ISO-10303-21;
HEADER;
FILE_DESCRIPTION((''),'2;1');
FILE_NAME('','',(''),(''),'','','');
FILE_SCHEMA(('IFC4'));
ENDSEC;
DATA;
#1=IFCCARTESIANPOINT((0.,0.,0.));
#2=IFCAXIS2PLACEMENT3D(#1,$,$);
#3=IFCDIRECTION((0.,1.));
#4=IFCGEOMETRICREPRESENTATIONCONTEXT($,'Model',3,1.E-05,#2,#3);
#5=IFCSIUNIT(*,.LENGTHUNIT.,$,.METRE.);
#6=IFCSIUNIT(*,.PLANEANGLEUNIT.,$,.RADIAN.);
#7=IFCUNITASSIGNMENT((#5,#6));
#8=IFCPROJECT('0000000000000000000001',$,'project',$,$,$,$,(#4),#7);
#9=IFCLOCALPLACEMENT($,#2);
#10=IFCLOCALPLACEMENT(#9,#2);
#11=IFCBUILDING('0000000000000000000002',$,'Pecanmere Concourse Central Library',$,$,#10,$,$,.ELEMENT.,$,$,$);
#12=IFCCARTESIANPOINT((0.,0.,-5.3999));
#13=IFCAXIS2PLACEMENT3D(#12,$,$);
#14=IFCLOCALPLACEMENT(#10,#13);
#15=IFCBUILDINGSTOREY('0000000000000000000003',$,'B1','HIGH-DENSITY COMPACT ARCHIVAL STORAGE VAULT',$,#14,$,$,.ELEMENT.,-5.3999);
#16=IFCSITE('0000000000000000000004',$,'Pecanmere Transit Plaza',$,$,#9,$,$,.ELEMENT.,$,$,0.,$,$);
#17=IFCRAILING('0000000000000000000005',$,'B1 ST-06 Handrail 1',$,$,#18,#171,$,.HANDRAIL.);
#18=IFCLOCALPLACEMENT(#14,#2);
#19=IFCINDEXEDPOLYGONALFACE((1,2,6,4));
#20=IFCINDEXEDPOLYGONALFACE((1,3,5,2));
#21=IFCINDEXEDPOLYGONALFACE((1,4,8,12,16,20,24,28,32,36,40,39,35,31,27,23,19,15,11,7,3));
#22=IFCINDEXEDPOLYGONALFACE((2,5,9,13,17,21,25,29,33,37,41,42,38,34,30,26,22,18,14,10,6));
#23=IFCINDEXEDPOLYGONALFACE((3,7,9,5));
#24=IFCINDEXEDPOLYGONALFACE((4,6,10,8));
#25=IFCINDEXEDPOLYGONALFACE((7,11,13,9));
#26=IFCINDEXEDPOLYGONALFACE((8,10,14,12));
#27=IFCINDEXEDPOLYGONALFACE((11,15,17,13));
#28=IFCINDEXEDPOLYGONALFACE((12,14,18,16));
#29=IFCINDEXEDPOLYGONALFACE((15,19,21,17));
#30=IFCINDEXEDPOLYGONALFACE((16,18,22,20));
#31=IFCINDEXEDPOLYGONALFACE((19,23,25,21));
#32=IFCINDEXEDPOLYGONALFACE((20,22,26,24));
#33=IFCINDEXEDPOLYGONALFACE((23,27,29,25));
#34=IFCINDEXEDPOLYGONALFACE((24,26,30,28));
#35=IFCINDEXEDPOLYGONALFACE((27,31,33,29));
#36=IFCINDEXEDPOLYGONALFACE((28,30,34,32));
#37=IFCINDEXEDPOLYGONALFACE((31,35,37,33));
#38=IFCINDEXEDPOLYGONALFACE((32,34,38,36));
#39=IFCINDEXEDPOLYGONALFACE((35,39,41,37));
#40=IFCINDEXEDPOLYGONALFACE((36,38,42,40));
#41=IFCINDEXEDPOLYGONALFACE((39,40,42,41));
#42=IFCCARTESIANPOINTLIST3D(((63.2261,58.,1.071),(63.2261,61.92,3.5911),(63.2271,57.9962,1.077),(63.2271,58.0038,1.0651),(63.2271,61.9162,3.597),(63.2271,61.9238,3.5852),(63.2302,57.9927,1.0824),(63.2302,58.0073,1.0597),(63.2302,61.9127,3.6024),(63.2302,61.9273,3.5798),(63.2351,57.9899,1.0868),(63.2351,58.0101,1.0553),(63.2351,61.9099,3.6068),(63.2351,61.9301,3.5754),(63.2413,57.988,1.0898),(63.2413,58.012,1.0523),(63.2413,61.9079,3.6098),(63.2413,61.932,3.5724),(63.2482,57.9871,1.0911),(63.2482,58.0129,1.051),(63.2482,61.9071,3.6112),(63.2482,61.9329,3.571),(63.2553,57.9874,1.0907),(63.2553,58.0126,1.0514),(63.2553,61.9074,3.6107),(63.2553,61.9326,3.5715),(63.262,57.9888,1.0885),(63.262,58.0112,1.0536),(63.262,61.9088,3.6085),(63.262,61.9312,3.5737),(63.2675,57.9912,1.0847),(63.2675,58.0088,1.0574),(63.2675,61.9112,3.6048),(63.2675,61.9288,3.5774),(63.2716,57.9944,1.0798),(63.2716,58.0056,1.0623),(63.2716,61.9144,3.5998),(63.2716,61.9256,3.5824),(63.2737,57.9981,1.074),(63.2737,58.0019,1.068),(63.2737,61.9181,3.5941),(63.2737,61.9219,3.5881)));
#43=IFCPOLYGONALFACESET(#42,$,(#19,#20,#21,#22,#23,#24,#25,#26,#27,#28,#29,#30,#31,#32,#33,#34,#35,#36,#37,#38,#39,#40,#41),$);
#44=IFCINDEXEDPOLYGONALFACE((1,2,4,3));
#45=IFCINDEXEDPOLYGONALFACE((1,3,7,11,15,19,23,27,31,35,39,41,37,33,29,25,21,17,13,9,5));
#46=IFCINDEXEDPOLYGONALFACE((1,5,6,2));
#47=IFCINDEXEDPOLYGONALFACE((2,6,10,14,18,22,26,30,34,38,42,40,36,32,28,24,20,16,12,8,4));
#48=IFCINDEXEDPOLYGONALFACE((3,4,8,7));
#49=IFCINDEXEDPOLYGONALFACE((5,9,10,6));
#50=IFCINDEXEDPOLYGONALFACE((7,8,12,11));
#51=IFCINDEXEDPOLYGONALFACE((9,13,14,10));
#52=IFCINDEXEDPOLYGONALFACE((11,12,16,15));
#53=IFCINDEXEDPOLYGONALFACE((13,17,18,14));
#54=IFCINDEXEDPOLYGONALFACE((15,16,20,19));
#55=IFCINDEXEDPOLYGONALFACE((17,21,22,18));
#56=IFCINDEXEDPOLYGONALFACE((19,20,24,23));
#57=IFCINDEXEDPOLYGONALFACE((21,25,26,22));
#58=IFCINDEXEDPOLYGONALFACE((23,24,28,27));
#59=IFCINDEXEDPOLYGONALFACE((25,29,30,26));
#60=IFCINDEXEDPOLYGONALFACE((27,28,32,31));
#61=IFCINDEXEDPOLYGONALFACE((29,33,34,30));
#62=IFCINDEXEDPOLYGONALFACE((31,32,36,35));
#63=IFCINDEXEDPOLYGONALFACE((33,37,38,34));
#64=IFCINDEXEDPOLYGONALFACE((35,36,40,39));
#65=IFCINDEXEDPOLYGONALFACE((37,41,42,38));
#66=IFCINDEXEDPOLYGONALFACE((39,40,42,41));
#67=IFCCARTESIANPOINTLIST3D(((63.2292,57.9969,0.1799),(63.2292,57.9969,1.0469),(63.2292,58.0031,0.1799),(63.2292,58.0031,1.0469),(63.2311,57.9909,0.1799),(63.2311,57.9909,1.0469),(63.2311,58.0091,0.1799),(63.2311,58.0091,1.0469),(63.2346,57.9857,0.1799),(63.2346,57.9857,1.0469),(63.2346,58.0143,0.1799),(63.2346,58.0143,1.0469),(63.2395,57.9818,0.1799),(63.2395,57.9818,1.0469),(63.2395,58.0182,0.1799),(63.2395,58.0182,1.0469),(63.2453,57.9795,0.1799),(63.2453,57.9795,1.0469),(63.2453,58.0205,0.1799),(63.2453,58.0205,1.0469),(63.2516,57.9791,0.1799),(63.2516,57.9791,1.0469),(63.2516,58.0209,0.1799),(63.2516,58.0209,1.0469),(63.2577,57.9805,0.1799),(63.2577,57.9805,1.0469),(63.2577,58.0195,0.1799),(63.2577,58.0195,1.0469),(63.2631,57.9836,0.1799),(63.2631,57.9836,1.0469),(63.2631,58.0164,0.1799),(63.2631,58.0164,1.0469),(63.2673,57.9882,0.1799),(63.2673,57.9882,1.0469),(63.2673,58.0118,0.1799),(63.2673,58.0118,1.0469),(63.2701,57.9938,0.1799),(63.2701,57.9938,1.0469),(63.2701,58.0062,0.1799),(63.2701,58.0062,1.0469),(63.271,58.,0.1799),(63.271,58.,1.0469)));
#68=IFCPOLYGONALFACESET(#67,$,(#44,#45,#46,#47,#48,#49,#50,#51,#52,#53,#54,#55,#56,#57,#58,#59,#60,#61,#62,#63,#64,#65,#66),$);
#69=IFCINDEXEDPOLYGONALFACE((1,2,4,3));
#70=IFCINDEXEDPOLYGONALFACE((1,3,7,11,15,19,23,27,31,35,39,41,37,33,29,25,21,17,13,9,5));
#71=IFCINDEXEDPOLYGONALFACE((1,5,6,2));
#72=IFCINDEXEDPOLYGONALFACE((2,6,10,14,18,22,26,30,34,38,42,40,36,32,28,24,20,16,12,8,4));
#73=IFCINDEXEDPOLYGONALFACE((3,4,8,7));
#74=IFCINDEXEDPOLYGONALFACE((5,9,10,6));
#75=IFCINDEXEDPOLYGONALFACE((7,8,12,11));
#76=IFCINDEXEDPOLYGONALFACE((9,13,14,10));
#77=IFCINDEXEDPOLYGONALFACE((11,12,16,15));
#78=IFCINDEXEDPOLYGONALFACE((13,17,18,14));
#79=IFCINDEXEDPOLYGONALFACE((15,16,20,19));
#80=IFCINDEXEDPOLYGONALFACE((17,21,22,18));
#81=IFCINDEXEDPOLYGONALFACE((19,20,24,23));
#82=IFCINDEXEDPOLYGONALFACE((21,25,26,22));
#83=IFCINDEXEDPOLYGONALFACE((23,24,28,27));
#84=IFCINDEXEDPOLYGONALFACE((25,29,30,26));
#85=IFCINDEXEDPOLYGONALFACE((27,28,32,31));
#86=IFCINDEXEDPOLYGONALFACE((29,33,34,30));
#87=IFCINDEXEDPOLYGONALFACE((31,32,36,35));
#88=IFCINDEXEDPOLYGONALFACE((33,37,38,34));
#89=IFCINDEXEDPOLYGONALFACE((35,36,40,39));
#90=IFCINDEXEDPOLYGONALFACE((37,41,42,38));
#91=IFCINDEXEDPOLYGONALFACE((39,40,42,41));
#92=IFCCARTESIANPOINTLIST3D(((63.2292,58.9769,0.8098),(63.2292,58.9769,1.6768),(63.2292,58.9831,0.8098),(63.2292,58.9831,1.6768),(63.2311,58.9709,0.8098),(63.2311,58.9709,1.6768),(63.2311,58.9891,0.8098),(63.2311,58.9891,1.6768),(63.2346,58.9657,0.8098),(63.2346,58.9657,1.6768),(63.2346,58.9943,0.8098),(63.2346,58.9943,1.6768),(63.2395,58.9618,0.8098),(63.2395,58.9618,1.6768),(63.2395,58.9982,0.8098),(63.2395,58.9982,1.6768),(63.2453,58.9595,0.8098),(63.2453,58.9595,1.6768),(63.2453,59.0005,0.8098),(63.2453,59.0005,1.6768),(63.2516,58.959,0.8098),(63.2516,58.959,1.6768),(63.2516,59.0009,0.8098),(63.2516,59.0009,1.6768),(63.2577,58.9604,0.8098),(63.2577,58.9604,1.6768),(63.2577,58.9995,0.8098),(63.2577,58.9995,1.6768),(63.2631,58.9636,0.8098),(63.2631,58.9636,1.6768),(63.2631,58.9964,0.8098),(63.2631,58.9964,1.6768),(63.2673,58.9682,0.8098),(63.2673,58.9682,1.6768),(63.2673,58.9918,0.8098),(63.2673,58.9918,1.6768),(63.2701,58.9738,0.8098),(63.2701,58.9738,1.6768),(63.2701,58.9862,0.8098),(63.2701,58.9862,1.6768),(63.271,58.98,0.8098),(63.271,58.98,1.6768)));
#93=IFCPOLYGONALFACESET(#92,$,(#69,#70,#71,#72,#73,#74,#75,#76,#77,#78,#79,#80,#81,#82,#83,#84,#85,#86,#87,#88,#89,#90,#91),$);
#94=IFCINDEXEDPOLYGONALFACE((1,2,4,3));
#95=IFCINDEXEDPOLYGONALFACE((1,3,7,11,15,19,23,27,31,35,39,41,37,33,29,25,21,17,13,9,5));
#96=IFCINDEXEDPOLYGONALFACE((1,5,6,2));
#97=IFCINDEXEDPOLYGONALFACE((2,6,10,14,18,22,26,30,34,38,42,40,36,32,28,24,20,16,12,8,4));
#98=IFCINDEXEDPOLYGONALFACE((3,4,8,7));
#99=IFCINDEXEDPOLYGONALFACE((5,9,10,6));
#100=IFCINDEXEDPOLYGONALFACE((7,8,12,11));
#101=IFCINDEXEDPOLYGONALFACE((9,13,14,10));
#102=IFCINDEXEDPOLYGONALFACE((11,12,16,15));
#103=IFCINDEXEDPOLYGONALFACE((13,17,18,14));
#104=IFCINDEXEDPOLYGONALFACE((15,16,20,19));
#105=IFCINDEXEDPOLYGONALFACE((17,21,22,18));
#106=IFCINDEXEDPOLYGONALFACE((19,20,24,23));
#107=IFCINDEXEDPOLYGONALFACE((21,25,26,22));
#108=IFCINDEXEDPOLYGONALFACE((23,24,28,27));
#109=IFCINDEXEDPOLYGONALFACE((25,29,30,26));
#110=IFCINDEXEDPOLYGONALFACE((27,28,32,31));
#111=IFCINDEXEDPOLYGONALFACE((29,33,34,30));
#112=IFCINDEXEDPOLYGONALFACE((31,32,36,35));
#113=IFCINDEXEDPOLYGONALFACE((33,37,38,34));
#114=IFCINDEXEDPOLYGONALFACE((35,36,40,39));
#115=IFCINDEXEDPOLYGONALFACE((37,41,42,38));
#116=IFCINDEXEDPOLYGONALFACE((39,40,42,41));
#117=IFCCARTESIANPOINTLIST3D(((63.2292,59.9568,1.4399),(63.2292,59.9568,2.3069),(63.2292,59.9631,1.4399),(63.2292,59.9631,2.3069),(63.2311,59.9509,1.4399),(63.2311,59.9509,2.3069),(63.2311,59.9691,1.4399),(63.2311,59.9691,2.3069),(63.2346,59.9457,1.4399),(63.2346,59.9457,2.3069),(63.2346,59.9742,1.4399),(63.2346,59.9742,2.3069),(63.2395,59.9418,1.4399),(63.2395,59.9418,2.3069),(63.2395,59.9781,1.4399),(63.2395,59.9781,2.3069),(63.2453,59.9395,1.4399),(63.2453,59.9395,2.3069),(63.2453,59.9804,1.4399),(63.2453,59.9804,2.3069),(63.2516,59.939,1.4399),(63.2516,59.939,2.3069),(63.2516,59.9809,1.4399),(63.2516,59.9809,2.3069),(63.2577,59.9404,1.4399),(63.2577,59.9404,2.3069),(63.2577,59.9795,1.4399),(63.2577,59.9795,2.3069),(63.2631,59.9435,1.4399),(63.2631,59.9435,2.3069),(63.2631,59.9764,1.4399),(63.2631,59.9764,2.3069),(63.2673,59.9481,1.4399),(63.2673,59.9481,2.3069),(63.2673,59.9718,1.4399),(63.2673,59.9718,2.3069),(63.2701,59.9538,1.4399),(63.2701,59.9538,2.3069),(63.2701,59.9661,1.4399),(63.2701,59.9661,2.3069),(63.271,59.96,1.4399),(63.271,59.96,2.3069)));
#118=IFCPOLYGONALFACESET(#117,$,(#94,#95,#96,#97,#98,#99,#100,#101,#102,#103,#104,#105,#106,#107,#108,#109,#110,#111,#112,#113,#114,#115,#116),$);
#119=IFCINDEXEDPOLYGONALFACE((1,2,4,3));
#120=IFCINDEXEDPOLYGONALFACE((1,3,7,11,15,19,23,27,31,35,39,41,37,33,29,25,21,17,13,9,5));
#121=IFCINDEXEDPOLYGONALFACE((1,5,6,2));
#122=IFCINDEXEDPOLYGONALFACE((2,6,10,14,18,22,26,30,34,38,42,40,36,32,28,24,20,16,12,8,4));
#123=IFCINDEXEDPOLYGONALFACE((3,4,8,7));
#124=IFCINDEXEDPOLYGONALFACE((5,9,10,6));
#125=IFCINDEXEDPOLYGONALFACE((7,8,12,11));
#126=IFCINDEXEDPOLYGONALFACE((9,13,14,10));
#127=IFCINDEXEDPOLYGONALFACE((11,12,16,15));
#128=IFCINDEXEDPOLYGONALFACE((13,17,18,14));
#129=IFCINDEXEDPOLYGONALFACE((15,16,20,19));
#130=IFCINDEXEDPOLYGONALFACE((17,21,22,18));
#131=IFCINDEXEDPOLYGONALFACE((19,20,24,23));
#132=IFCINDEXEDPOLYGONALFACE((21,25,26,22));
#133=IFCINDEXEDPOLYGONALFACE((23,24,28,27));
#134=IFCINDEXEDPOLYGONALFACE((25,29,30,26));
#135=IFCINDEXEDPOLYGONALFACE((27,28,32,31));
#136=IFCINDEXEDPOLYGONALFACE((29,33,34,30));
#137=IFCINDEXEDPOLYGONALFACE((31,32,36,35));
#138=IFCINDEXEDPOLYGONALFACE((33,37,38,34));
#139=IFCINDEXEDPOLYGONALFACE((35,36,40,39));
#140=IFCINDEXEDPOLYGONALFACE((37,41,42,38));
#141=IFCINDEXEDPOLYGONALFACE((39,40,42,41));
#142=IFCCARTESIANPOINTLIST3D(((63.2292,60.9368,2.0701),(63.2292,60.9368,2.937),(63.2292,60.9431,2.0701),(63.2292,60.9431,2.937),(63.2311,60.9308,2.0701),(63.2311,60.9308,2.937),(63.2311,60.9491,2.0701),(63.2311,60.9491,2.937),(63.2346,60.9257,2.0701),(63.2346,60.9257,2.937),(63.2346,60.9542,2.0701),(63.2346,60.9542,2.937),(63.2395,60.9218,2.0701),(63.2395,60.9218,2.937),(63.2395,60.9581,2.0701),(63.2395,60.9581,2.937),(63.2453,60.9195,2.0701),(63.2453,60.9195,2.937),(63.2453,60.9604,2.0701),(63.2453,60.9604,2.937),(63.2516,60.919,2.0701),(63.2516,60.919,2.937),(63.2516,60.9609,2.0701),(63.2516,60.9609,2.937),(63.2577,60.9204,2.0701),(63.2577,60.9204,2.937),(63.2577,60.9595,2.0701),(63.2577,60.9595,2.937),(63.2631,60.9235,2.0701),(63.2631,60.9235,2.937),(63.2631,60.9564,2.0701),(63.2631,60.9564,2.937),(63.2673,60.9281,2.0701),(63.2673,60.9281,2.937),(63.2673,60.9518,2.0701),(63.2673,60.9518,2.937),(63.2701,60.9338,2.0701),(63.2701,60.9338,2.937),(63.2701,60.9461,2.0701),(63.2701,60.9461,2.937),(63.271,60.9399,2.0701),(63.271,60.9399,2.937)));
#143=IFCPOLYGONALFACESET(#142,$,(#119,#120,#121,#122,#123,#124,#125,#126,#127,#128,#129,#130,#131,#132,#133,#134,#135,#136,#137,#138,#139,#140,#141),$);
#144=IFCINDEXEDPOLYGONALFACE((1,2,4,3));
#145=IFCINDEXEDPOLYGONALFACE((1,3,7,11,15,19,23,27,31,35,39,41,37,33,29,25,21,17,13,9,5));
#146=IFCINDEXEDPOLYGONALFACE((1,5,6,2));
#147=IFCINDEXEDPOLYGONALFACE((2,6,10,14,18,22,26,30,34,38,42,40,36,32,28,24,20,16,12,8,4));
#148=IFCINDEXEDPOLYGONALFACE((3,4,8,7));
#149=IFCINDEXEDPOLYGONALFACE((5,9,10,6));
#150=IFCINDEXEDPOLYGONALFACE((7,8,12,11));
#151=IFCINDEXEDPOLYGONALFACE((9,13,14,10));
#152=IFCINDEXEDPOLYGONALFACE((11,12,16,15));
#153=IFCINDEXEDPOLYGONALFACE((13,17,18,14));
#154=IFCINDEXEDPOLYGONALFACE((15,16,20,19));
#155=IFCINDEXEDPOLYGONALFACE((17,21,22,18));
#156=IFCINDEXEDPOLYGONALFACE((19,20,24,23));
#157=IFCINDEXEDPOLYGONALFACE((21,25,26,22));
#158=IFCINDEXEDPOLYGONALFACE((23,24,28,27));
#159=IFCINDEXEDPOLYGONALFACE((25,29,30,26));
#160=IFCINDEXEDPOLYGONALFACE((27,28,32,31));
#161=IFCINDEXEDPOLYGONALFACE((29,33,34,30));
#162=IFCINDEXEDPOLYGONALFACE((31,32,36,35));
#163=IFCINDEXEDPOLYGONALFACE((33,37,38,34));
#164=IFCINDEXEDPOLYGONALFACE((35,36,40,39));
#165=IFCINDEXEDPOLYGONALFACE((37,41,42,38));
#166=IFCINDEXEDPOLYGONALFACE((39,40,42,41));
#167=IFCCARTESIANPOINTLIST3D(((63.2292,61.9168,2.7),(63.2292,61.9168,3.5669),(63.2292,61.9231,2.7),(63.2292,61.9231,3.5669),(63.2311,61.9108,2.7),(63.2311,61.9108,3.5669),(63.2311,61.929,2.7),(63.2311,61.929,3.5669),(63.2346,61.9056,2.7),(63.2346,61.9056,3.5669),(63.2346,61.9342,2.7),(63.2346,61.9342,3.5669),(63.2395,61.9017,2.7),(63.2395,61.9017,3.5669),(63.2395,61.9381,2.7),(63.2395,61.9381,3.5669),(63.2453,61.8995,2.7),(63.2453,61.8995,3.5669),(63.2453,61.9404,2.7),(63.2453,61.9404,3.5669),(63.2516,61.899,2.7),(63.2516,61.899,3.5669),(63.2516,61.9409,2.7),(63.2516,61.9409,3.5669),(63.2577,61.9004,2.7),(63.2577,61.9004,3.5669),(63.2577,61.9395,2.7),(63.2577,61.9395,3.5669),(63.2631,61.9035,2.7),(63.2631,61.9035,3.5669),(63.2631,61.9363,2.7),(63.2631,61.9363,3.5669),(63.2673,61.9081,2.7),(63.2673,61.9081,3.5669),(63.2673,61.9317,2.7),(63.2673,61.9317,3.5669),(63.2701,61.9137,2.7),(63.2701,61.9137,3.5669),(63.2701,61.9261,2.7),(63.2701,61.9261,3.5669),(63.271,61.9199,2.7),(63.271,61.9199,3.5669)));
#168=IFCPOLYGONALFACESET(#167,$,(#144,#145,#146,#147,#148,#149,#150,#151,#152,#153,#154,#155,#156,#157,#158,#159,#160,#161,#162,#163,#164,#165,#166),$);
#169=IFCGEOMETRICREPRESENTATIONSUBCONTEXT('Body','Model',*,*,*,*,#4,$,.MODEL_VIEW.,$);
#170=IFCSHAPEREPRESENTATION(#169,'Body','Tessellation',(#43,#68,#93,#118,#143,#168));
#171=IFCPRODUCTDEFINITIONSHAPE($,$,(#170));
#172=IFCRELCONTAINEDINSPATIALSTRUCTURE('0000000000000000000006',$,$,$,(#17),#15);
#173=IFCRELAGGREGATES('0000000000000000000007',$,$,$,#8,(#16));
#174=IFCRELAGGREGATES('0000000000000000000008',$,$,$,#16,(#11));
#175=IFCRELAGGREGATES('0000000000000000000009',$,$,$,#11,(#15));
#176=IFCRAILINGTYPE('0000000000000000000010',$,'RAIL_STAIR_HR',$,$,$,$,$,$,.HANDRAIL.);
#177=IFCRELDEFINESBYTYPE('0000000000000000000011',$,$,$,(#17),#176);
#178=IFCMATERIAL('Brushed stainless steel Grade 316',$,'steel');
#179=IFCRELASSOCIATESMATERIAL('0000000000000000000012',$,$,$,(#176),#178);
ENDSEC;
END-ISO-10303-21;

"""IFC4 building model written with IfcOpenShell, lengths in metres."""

from ifc_helpers import new_model, si_unit, direction, frame, origin, origin_2d, place, context, subcontext, project, spatial, circle, extrude, material, type_object, element, save


model = new_model("IFC4")

# Units and contexts
model_context = context("Model", 3, precision=1e-05, world=origin(), true_north=direction((0.0, 1.0)))
body_context = subcontext(model_context, "Body", "Model", "MODEL_VIEW")
ifc_project = project(units=[si_unit("LENGTHUNIT", "METRE"), si_unit("PLANEANGLEUNIT", "RADIAN")], contexts=[model_context])

# Site, building, storey
site_placement = place(None, origin())
site = spatial("IfcSite", under=ifc_project, at=site_placement, Name="Pecanmere Transit Plaza", CompositionType="ELEMENT", RefElevation=0.0)
building_placement = place(site_placement, origin())
building = spatial("IfcBuilding", under=site, at=building_placement, Name="Pecanmere Concourse Central Library", CompositionType="ELEMENT")
storey_placement = place(building_placement, frame((0.0, 0.0, -5.3999)))
storey = spatial("IfcBuildingStorey", under=building, at=storey_placement, Name="B1", Description="HIGH-DENSITY COMPACT ARCHIVAL STORAGE VAULT", CompositionType="ELEMENT", Elevation=-5.3999)

# Railing
ifc_material_1 = material(Name="Brushed stainless steel Grade 316", Category="steel")
railing_type_1 = type_object("IfcRailingType", Name="RAIL_STAIR_HR", PredefinedType="HANDRAIL", material=ifc_material_1)
railing_1_placement = place(storey_placement, frame((63.25, 58.0, 0.1799)))
element("IfcRailing", 1, at=railing_1_placement, inside=storey, type_object=railing_type_1, Name="B1 ST-06 Handrail 1", PredefinedType="HANDRAIL", context=body_context, shape_type="SweptSolid", body=[
    extrude(circle(Radius=0.0239, at=origin_2d()), frame((0.0, 0.0, 0.8911), z_axis=(0.0, 0.841172, 0.540768), x_axis=(-1.0, 0.0, 0.0)), (0.0, 0.0, 1.0), 4.6602),
    extrude(circle(Radius=0.021, at=origin_2d()), origin(), (0.0, 0.0, 1.0), 0.8669),
    extrude(circle(Radius=0.021, at=origin_2d()), frame((0.0, 0.98, 0.6299)), (0.0, 0.0, 1.0), 0.8669),
    extrude(circle(Radius=0.021, at=origin_2d()), frame((0.0, 1.96, 1.26)), (0.0, 0.0, 1.0), 0.8669),
    extrude(circle(Radius=0.021, at=origin_2d()), frame((0.0, 2.9399, 1.8901)), (0.0, 0.0, 1.0), 0.8669),
    extrude(circle(Radius=0.021, at=origin_2d()), frame((0.0, 3.9199, 2.52)), (0.0, 0.0, 1.0), 0.8669),
])

save(model, "model.ifc")
